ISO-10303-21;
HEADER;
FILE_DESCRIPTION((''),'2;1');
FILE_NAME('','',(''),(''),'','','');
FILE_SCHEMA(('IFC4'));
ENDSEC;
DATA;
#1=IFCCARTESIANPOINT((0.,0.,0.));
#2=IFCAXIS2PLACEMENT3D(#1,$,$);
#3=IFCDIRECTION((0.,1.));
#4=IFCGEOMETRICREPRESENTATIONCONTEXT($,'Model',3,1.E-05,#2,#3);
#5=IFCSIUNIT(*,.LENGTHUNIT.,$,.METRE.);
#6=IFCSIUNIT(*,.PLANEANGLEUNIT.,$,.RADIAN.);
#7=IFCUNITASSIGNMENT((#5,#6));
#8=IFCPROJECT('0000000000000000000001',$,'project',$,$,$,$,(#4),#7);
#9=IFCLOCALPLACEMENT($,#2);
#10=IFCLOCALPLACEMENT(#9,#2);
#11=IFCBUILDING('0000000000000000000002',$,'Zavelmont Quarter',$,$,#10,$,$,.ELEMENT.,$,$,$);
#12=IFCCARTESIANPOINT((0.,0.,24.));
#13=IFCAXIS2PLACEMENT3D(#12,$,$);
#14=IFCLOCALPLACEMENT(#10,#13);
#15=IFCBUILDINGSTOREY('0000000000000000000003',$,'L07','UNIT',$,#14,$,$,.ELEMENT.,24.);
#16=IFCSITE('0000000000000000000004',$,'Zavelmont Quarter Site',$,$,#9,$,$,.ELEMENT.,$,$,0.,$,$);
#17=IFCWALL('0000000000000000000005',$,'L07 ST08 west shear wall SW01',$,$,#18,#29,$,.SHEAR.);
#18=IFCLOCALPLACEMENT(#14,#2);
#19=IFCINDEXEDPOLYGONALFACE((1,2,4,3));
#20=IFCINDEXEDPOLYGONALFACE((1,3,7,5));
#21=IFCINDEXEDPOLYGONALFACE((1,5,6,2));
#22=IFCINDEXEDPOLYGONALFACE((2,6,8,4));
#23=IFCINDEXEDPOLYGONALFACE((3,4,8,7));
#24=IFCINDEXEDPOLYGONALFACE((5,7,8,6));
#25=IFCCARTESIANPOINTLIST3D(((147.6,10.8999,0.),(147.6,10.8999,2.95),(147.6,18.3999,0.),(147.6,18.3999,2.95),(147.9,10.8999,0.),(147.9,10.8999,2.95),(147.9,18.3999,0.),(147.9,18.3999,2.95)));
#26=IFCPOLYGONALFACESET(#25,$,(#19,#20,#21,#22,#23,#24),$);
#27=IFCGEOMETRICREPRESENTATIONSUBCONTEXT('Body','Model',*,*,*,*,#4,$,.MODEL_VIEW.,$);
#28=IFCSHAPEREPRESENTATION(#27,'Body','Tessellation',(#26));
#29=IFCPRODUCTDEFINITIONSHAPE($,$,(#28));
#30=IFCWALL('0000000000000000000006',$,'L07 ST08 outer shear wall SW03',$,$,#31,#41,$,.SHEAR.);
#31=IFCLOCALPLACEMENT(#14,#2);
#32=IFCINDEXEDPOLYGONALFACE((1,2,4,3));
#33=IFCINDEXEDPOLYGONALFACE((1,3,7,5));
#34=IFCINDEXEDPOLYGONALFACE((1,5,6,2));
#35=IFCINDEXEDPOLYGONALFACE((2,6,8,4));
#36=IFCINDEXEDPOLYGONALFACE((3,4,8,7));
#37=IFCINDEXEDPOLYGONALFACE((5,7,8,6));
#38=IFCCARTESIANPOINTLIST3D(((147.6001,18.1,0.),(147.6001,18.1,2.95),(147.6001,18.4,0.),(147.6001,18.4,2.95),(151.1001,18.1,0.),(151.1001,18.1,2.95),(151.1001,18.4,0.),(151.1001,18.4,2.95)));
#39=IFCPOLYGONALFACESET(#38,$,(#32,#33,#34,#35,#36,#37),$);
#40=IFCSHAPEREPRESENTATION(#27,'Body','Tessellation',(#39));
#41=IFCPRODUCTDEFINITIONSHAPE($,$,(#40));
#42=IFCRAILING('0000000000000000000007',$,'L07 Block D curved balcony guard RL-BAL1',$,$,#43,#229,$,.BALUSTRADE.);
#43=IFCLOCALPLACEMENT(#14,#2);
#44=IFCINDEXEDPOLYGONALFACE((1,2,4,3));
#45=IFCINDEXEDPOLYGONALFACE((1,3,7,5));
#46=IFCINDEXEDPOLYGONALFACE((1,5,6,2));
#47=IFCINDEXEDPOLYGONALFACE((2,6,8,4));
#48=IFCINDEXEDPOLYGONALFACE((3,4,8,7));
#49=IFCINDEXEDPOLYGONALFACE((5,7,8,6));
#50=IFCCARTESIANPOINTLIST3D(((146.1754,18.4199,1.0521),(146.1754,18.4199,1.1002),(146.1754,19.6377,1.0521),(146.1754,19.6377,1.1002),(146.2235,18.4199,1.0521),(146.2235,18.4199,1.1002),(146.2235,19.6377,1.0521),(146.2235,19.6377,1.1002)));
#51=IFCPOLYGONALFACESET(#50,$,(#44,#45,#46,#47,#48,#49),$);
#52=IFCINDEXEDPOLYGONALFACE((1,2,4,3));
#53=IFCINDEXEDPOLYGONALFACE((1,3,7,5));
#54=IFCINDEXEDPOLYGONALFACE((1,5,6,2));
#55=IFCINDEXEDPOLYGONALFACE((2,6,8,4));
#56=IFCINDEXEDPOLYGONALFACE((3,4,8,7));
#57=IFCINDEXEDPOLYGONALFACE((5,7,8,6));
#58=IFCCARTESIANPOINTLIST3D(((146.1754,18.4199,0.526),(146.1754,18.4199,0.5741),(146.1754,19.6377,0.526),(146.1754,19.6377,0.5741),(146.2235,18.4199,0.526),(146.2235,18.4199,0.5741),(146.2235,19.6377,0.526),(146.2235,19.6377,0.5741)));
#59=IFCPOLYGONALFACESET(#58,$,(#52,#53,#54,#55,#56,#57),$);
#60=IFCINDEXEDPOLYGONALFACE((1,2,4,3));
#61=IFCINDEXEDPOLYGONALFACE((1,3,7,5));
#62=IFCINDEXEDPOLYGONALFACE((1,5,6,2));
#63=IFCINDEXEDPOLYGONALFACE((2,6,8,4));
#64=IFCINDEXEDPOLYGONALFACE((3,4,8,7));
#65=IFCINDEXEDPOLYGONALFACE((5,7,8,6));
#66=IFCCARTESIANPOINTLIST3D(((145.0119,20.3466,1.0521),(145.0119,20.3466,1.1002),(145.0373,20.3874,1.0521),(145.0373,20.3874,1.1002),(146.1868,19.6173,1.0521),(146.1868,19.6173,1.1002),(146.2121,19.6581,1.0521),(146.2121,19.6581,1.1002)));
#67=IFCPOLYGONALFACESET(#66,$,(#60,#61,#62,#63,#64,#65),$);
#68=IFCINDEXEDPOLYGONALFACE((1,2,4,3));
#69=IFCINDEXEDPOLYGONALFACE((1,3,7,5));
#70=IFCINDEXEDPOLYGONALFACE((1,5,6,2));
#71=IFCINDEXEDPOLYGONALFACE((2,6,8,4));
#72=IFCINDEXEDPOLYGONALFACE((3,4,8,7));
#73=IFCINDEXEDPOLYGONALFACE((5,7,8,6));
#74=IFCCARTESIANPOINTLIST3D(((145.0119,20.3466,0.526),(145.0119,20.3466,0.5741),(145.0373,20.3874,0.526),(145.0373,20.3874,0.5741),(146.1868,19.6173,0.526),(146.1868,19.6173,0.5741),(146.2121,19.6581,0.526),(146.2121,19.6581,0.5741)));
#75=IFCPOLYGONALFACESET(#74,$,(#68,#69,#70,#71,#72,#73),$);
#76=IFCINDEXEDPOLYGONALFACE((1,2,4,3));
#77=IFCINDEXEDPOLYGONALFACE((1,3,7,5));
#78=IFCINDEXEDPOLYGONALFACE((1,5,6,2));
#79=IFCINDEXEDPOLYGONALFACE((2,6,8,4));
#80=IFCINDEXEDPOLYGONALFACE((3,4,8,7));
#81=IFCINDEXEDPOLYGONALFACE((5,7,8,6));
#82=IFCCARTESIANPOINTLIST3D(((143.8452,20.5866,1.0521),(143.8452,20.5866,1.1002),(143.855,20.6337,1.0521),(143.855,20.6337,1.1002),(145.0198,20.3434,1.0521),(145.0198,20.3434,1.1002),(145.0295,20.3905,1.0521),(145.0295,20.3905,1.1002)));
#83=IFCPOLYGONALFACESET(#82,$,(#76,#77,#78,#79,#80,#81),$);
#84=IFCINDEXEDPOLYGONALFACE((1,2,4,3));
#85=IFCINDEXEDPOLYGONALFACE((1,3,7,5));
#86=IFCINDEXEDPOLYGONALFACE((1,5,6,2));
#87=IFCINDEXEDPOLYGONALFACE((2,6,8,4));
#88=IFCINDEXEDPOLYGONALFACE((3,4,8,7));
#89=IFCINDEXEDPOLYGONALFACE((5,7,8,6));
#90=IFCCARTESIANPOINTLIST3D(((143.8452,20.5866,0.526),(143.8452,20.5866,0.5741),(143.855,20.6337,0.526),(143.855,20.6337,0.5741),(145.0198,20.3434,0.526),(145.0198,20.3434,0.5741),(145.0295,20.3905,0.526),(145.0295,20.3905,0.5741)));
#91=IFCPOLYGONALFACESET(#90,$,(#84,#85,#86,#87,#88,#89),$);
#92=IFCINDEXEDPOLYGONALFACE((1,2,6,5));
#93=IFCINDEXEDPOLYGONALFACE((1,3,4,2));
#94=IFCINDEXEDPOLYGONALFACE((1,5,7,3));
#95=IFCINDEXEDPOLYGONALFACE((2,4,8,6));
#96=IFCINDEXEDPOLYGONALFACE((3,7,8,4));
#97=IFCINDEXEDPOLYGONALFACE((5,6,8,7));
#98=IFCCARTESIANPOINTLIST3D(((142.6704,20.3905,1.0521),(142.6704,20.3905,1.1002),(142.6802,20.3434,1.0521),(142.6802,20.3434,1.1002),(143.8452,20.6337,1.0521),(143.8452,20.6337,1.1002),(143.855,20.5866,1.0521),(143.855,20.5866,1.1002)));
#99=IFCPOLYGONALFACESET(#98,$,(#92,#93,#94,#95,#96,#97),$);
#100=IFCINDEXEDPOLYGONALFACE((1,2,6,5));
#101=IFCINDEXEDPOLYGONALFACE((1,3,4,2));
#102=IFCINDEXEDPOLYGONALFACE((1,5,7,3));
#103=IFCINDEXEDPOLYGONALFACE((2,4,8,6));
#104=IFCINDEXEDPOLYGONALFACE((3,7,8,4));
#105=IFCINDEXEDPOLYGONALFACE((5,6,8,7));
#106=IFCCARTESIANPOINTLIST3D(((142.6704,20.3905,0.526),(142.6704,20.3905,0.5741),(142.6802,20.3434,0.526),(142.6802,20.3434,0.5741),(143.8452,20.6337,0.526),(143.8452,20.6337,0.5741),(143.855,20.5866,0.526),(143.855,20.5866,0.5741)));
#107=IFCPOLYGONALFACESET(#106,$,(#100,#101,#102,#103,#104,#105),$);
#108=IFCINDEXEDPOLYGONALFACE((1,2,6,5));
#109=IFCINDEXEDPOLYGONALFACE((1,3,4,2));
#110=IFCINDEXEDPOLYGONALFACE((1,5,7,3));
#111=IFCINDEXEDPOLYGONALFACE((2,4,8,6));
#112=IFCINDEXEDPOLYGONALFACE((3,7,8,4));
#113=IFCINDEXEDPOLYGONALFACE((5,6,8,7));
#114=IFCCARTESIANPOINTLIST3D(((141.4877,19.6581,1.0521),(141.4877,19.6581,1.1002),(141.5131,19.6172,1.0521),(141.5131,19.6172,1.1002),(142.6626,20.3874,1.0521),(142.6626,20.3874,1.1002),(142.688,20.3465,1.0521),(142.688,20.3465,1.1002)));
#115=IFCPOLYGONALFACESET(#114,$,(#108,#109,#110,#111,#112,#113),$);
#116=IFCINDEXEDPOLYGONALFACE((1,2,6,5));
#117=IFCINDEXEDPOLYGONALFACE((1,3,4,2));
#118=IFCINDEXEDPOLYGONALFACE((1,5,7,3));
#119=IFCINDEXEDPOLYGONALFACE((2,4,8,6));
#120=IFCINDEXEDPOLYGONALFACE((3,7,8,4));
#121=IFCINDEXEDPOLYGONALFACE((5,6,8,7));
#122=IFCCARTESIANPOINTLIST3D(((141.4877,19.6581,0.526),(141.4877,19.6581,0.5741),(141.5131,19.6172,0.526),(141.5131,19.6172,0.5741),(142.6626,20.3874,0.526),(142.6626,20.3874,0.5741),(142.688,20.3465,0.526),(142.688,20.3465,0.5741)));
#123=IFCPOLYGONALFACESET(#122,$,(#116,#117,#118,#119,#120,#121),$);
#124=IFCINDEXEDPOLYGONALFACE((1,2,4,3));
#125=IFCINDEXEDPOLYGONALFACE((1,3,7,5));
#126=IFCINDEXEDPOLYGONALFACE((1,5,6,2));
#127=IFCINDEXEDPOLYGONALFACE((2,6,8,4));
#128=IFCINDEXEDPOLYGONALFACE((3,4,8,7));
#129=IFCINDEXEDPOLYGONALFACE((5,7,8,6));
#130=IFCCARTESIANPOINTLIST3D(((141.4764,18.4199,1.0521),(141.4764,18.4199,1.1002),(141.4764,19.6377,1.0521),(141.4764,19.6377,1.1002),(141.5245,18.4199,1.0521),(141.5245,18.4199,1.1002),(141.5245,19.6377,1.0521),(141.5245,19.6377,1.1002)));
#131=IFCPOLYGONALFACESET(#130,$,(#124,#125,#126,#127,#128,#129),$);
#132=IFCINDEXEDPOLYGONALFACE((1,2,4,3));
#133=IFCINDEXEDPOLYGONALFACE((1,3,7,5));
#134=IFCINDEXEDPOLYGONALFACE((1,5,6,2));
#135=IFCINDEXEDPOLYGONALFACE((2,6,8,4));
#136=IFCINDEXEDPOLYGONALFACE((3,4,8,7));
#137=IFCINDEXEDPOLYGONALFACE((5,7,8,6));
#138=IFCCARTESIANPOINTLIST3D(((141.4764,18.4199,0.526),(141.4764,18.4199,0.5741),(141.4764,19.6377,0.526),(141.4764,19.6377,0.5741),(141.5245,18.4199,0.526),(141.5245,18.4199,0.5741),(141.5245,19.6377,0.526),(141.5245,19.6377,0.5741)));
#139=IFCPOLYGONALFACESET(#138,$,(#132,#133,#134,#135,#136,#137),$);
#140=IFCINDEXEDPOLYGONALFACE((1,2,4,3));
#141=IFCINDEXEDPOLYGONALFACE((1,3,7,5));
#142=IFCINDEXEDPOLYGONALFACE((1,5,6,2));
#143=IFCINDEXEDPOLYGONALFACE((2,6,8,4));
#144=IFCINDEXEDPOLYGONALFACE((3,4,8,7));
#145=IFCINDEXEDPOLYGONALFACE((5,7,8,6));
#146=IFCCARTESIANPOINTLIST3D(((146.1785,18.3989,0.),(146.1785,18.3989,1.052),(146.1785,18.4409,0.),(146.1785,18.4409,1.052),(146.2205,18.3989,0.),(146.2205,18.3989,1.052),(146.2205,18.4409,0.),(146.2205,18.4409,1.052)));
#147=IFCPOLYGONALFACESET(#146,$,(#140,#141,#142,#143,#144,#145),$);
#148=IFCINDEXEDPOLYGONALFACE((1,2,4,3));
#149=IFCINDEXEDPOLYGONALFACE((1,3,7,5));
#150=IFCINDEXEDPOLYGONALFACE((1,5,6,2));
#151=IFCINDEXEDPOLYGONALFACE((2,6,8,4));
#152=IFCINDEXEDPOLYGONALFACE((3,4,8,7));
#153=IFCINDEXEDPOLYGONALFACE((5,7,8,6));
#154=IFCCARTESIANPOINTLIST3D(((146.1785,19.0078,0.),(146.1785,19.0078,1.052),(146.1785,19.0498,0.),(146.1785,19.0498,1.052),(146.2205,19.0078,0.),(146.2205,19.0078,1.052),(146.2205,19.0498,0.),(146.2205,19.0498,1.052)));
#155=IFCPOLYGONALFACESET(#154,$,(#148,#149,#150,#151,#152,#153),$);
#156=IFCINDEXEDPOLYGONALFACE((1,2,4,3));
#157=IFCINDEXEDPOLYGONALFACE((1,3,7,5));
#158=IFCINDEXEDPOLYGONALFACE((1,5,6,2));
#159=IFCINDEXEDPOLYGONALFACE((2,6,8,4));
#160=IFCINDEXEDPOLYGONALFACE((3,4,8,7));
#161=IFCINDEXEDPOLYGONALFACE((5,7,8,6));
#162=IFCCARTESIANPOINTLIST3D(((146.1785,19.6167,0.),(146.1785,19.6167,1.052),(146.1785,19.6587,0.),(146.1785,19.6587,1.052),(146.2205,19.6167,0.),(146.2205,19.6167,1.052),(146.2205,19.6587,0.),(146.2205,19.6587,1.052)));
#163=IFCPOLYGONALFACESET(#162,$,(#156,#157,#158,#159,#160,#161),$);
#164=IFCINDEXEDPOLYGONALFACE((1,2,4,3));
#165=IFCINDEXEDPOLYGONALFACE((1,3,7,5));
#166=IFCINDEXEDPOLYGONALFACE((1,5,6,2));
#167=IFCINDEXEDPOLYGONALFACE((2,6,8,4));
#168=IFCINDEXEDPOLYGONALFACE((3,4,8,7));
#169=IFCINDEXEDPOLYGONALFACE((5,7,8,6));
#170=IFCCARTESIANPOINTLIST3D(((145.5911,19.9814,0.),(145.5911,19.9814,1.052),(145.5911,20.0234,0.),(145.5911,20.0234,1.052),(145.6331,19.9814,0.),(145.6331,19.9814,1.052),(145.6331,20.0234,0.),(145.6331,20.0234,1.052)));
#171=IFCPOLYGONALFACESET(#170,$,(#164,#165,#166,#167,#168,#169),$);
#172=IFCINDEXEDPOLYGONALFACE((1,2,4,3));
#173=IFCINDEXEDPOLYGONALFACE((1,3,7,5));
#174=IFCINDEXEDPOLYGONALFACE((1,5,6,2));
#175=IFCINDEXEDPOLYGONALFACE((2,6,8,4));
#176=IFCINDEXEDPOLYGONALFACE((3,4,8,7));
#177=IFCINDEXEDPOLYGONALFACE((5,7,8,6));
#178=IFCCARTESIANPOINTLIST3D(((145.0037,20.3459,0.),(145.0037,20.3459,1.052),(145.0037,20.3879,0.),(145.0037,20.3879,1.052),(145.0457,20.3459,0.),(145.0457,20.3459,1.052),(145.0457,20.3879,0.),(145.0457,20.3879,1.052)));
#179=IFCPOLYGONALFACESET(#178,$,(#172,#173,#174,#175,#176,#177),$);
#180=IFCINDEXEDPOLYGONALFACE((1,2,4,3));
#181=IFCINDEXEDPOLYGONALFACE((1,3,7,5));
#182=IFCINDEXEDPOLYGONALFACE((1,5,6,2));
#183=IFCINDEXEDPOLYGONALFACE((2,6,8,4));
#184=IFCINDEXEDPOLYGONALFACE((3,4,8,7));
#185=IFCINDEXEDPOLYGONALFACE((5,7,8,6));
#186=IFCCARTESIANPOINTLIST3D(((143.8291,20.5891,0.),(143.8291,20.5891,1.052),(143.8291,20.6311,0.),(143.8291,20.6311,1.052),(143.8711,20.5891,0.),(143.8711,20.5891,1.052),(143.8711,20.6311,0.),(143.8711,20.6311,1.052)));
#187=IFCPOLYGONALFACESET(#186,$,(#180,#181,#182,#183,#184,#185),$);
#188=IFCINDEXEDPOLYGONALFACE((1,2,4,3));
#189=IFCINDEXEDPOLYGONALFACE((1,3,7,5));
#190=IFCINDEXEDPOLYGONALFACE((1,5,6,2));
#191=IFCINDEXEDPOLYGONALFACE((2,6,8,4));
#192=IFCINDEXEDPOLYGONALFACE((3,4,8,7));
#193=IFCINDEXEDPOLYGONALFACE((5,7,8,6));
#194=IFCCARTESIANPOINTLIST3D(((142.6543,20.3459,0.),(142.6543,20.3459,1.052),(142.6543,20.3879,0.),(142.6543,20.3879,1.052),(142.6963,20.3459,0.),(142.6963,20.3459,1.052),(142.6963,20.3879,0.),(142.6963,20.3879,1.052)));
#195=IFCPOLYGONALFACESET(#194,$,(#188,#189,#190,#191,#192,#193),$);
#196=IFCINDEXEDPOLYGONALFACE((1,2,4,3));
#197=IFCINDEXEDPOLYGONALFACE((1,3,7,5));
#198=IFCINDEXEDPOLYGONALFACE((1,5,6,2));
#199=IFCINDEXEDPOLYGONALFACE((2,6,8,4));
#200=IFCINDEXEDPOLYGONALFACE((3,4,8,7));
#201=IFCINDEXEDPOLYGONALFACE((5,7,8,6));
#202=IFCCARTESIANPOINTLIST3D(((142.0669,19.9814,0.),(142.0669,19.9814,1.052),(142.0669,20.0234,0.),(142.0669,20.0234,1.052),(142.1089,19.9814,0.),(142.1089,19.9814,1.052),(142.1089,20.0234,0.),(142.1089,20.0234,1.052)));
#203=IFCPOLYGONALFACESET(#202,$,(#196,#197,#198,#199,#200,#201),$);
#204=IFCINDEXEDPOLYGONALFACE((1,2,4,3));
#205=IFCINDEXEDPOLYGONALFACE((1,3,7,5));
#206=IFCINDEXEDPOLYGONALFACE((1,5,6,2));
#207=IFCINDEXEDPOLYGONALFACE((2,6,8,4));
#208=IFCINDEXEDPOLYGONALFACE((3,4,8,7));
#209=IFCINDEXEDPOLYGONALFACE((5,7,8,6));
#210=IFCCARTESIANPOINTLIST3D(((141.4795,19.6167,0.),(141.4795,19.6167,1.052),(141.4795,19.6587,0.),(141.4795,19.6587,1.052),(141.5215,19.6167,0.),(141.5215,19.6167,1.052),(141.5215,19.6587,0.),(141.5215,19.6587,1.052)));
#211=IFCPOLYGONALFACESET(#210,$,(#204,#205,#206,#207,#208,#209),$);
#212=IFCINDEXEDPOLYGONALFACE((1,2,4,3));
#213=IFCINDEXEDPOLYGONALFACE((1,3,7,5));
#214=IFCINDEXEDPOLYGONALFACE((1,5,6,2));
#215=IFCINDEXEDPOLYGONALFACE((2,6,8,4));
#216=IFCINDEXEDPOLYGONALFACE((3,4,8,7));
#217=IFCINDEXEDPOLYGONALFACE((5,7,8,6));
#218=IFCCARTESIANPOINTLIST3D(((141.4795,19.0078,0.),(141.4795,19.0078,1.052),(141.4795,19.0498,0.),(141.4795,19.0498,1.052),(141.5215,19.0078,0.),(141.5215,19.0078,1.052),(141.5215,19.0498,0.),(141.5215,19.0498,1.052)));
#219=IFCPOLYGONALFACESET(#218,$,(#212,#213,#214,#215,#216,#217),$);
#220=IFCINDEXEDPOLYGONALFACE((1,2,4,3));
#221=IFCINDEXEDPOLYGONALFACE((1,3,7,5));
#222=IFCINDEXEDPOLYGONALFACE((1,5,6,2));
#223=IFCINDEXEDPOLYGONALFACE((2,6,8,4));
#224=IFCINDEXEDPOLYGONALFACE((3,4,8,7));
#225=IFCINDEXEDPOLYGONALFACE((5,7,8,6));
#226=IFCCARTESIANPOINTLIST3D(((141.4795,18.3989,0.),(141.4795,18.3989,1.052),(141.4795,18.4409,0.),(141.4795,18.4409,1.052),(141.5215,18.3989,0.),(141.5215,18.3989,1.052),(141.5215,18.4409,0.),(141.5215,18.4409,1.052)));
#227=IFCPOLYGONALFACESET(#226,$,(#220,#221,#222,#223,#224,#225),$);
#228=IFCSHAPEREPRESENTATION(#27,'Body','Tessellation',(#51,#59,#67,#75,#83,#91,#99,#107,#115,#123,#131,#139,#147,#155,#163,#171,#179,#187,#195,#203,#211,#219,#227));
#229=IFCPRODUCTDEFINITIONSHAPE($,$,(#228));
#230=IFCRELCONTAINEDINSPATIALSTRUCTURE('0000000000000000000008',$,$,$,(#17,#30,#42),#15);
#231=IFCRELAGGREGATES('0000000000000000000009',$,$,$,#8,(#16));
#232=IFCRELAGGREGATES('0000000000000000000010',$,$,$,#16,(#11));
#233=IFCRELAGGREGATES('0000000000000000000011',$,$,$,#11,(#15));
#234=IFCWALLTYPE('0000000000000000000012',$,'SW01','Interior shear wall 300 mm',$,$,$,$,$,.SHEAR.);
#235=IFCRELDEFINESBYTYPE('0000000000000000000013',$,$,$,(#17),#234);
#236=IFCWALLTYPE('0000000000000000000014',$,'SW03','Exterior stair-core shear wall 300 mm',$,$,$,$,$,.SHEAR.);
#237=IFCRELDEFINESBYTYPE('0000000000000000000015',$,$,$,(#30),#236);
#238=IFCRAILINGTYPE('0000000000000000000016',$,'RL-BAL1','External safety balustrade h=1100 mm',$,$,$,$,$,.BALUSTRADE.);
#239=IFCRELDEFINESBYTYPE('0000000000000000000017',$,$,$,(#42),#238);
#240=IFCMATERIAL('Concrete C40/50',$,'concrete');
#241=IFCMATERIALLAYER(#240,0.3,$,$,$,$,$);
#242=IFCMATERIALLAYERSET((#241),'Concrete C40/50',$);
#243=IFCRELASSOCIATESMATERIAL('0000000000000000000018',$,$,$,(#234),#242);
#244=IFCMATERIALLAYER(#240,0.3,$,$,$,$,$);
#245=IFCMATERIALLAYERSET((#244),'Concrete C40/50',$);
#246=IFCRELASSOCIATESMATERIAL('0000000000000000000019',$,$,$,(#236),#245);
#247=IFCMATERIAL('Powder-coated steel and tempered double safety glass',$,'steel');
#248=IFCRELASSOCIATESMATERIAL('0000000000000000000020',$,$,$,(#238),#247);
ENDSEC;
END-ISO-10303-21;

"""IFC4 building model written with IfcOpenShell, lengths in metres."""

from ifc_helpers import new_model, si_unit, direction, frame, frame_2d, origin, origin_2d, place, context, subcontext, project, spatial, rectangle, extrude, material, layer, layer_set, type_object, element, save


model = new_model("IFC4")

# Units and contexts
model_context = context("Model", 3, precision=1e-05, world=origin(), true_north=direction((0.0, 1.0)))
body_context = subcontext(model_context, "Body", "Model", "MODEL_VIEW")
ifc_project = project(units=[si_unit("LENGTHUNIT", "METRE"), si_unit("PLANEANGLEUNIT", "RADIAN")], contexts=[model_context])

# Site, building, storey
site_placement = place(None, origin())
site = spatial("IfcSite", under=ifc_project, at=site_placement, Name="Zavelmont Quarter Site", CompositionType="ELEMENT", RefElevation=0.0)
building_placement = place(site_placement, origin())
building = spatial("IfcBuilding", under=site, at=building_placement, Name="Zavelmont Quarter", CompositionType="ELEMENT")
storey_placement = place(building_placement, frame((0.0, 0.0, 24.0)))
storey = spatial("IfcBuildingStorey", under=building, at=storey_placement, Name="L07", Description="UNIT", CompositionType="ELEMENT", Elevation=24.0)

# Walls
ifc_material_1 = material(Name="Concrete C40/50", Category="concrete")
ifc_layer_1 = layer(ifc_material_1, 0.3)
ifc_layer_set_1 = layer_set([ifc_layer_1], Name="Concrete C40/50")
wall_type_1 = type_object("IfcWallType", Name="SW01", Description="Interior shear wall 300 mm", PredefinedType="SHEAR", material=ifc_layer_set_1)
wall_1_placement = place(storey_placement, frame((147.75, 10.8999, 0.0), z_axis=(0.0, 0.0, 1.0), x_axis=(0.0, 1.0, 0.0)))
element("IfcWall", 1, at=wall_1_placement, inside=storey, type_object=wall_type_1, Name="L07 ST08 west shear wall SW01", PredefinedType="SHEAR", context=body_context, shape_type="SweptSolid", body=[
    extrude(rectangle(XDim=7.5, YDim=0.3, at=frame_2d((3.75, 0.0))), origin(), (0.0, 0.0, 1.0), 2.95),
])
ifc_layer_2 = layer(ifc_material_1, 0.3)
ifc_layer_set_2 = layer_set([ifc_layer_2], Name="Concrete C40/50")
wall_type_2 = type_object("IfcWallType", Name="SW03", Description="Exterior stair-core shear wall 300 mm", PredefinedType="SHEAR", material=ifc_layer_set_2)
wall_2_placement = place(storey_placement, frame((147.6001, 18.25, 0.0), z_axis=(0.0, 0.0, 1.0), x_axis=(1.0, 0.0, 0.0)))
element("IfcWall", 2, at=wall_2_placement, inside=storey, type_object=wall_type_2, Name="L07 ST08 outer shear wall SW03", PredefinedType="SHEAR", context=body_context, shape_type="SweptSolid", body=[
    extrude(rectangle(XDim=3.5, YDim=0.3, at=frame_2d((1.75, 0.0))), origin(), (0.0, 0.0, 1.0), 2.95),
])

# Railing
ifc_material_2 = material(Name="Powder-coated steel and tempered double safety glass", Category="steel")
railing_type = type_object("IfcRailingType", Name="RL-BAL1", Description="External safety balustrade h=1100 mm", PredefinedType="BALUSTRADE", material=ifc_material_2)
railing_placement = place(storey_placement, frame((146.1995, 18.4199, 0.0)))
element("IfcRailing", 3, at=railing_placement, inside=storey, type_object=railing_type, Name="L07 Block D curved balcony guard RL-BAL1", PredefinedType="BALUSTRADE", context=body_context, shape_type="SweptSolid", body=[
    extrude(rectangle(XDim=0.0481, YDim=0.0481, at=origin_2d()), frame((0.0, 0.0, 1.0762), z_axis=(0.0, 1.0, 0.0), x_axis=(-1.0, 0.0, 0.0)), (0.0, 0.0, 1.0), 1.2178),
    extrude(rectangle(XDim=0.0481, YDim=0.0481, at=origin_2d()), frame((0.0, 0.0, 0.55), z_axis=(0.0, 1.0, 0.0), x_axis=(-1.0, 0.0, 0.0)), (0.0, 0.0, 1.0), 1.2178),
    extrude(rectangle(XDim=0.0481, YDim=0.0481, at=origin_2d()), frame((0.0, 1.2178, 1.0762), z_axis=(-0.849621, 0.527394, 0.0), x_axis=(-0.527394, -0.849621, 0.0)), (0.0, 0.0, 1.0), 1.3828),
    extrude(rectangle(XDim=0.0481, YDim=0.0481, at=origin_2d()), frame((0.0, 1.2178, 0.55), z_axis=(-0.849621, 0.527394, 0.0), x_axis=(-0.527394, -0.849621, 0.0)), (0.0, 0.0, 1.0), 1.3828),
    extrude(rectangle(XDim=0.0481, YDim=0.0481, at=origin_2d()), frame((-1.1748, 1.947, 1.0762), z_axis=(-0.979235, 0.202727, 0.0), x_axis=(-0.202727, -0.979235, 0.0)), (0.0, 0.0, 1.0), 1.1995),
    extrude(rectangle(XDim=0.0481, YDim=0.0481, at=origin_2d()), frame((-1.1748, 1.947, 0.55), z_axis=(-0.979235, 0.202727, 0.0), x_axis=(-0.202727, -0.979235, 0.0)), (0.0, 0.0, 1.0), 1.1995),
    extrude(rectangle(XDim=0.0481, YDim=0.0481, at=origin_2d()), frame((-2.3494, 2.1902, 1.0762), z_axis=(-0.979244, -0.202686, 0.0), x_axis=(0.202686, -0.979244, 0.0)), (0.0, 0.0, 1.0), 1.1997),
    extrude(rectangle(XDim=0.0481, YDim=0.0481, at=origin_2d()), frame((-2.3494, 2.1902, 0.55), z_axis=(-0.979244, -0.202686, 0.0), x_axis=(0.202686, -0.979244, 0.0)), (0.0, 0.0, 1.0), 1.1997),
    extrude(rectangle(XDim=0.0481, YDim=0.0481, at=origin_2d()), frame((-3.5242, 1.947, 1.0762), z_axis=(-0.849621, -0.527394, 0.0), x_axis=(0.527394, -0.849621, 0.0)), (0.0, 0.0, 1.0), 1.3828),
    extrude(rectangle(XDim=0.0481, YDim=0.0481, at=origin_2d()), frame((-3.5242, 1.947, 0.55), z_axis=(-0.849621, -0.527394, 0.0), x_axis=(0.527394, -0.849621, 0.0)), (0.0, 0.0, 1.0), 1.3828),
    extrude(rectangle(XDim=0.0481, YDim=0.0481, at=origin_2d()), frame((-4.699, 1.2178, 1.0762), z_axis=(0.0, -1.0, 0.0), x_axis=(1.0, 0.0, 0.0)), (0.0, 0.0, 1.0), 1.2178),
    extrude(rectangle(XDim=0.0481, YDim=0.0481, at=origin_2d()), frame((-4.699, 1.2178, 0.55), z_axis=(0.0, -1.0, 0.0), x_axis=(1.0, 0.0, 0.0)), (0.0, 0.0, 1.0), 1.2178),
    extrude(rectangle(XDim=0.042, YDim=0.042, at=origin_2d()), origin(), (0.0, 0.0, 1.0), 1.052),
    extrude(rectangle(XDim=0.042, YDim=0.042, at=origin_2d()), frame((0.0, 0.6089, 0.0)), (0.0, 0.0, 1.0), 1.052),
    extrude(rectangle(XDim=0.042, YDim=0.042, at=origin_2d()), frame((0.0, 1.2178, 0.0)), (0.0, 0.0, 1.0), 1.052),
    extrude(rectangle(XDim=0.042, YDim=0.042, at=origin_2d()), frame((-0.5874, 1.5825, 0.0)), (0.0, 0.0, 1.0), 1.052),
    extrude(rectangle(XDim=0.042, YDim=0.042, at=origin_2d()), frame((-1.1748, 1.947, 0.0)), (0.0, 0.0, 1.0), 1.052),
    extrude(rectangle(XDim=0.042, YDim=0.042, at=origin_2d()), frame((-2.3494, 2.1902, 0.0)), (0.0, 0.0, 1.0), 1.052),
    extrude(rectangle(XDim=0.042, YDim=0.042, at=origin_2d()), frame((-3.5242, 1.947, 0.0)), (0.0, 0.0, 1.0), 1.052),
    extrude(rectangle(XDim=0.042, YDim=0.042, at=origin_2d()), frame((-4.1116, 1.5825, 0.0)), (0.0, 0.0, 1.0), 1.052),
    extrude(rectangle(XDim=0.042, YDim=0.042, at=origin_2d()), frame((-4.699, 1.2178, 0.0)), (0.0, 0.0, 1.0), 1.052),
    extrude(rectangle(XDim=0.042, YDim=0.042, at=origin_2d()), frame((-4.699, 0.6089, 0.0)), (0.0, 0.0, 1.0), 1.052),
    extrude(rectangle(XDim=0.042, YDim=0.042, at=origin_2d()), frame((-4.699, 0.0, 0.0)), (0.0, 0.0, 1.0), 1.052),
])

save(model, "model.ifc")
